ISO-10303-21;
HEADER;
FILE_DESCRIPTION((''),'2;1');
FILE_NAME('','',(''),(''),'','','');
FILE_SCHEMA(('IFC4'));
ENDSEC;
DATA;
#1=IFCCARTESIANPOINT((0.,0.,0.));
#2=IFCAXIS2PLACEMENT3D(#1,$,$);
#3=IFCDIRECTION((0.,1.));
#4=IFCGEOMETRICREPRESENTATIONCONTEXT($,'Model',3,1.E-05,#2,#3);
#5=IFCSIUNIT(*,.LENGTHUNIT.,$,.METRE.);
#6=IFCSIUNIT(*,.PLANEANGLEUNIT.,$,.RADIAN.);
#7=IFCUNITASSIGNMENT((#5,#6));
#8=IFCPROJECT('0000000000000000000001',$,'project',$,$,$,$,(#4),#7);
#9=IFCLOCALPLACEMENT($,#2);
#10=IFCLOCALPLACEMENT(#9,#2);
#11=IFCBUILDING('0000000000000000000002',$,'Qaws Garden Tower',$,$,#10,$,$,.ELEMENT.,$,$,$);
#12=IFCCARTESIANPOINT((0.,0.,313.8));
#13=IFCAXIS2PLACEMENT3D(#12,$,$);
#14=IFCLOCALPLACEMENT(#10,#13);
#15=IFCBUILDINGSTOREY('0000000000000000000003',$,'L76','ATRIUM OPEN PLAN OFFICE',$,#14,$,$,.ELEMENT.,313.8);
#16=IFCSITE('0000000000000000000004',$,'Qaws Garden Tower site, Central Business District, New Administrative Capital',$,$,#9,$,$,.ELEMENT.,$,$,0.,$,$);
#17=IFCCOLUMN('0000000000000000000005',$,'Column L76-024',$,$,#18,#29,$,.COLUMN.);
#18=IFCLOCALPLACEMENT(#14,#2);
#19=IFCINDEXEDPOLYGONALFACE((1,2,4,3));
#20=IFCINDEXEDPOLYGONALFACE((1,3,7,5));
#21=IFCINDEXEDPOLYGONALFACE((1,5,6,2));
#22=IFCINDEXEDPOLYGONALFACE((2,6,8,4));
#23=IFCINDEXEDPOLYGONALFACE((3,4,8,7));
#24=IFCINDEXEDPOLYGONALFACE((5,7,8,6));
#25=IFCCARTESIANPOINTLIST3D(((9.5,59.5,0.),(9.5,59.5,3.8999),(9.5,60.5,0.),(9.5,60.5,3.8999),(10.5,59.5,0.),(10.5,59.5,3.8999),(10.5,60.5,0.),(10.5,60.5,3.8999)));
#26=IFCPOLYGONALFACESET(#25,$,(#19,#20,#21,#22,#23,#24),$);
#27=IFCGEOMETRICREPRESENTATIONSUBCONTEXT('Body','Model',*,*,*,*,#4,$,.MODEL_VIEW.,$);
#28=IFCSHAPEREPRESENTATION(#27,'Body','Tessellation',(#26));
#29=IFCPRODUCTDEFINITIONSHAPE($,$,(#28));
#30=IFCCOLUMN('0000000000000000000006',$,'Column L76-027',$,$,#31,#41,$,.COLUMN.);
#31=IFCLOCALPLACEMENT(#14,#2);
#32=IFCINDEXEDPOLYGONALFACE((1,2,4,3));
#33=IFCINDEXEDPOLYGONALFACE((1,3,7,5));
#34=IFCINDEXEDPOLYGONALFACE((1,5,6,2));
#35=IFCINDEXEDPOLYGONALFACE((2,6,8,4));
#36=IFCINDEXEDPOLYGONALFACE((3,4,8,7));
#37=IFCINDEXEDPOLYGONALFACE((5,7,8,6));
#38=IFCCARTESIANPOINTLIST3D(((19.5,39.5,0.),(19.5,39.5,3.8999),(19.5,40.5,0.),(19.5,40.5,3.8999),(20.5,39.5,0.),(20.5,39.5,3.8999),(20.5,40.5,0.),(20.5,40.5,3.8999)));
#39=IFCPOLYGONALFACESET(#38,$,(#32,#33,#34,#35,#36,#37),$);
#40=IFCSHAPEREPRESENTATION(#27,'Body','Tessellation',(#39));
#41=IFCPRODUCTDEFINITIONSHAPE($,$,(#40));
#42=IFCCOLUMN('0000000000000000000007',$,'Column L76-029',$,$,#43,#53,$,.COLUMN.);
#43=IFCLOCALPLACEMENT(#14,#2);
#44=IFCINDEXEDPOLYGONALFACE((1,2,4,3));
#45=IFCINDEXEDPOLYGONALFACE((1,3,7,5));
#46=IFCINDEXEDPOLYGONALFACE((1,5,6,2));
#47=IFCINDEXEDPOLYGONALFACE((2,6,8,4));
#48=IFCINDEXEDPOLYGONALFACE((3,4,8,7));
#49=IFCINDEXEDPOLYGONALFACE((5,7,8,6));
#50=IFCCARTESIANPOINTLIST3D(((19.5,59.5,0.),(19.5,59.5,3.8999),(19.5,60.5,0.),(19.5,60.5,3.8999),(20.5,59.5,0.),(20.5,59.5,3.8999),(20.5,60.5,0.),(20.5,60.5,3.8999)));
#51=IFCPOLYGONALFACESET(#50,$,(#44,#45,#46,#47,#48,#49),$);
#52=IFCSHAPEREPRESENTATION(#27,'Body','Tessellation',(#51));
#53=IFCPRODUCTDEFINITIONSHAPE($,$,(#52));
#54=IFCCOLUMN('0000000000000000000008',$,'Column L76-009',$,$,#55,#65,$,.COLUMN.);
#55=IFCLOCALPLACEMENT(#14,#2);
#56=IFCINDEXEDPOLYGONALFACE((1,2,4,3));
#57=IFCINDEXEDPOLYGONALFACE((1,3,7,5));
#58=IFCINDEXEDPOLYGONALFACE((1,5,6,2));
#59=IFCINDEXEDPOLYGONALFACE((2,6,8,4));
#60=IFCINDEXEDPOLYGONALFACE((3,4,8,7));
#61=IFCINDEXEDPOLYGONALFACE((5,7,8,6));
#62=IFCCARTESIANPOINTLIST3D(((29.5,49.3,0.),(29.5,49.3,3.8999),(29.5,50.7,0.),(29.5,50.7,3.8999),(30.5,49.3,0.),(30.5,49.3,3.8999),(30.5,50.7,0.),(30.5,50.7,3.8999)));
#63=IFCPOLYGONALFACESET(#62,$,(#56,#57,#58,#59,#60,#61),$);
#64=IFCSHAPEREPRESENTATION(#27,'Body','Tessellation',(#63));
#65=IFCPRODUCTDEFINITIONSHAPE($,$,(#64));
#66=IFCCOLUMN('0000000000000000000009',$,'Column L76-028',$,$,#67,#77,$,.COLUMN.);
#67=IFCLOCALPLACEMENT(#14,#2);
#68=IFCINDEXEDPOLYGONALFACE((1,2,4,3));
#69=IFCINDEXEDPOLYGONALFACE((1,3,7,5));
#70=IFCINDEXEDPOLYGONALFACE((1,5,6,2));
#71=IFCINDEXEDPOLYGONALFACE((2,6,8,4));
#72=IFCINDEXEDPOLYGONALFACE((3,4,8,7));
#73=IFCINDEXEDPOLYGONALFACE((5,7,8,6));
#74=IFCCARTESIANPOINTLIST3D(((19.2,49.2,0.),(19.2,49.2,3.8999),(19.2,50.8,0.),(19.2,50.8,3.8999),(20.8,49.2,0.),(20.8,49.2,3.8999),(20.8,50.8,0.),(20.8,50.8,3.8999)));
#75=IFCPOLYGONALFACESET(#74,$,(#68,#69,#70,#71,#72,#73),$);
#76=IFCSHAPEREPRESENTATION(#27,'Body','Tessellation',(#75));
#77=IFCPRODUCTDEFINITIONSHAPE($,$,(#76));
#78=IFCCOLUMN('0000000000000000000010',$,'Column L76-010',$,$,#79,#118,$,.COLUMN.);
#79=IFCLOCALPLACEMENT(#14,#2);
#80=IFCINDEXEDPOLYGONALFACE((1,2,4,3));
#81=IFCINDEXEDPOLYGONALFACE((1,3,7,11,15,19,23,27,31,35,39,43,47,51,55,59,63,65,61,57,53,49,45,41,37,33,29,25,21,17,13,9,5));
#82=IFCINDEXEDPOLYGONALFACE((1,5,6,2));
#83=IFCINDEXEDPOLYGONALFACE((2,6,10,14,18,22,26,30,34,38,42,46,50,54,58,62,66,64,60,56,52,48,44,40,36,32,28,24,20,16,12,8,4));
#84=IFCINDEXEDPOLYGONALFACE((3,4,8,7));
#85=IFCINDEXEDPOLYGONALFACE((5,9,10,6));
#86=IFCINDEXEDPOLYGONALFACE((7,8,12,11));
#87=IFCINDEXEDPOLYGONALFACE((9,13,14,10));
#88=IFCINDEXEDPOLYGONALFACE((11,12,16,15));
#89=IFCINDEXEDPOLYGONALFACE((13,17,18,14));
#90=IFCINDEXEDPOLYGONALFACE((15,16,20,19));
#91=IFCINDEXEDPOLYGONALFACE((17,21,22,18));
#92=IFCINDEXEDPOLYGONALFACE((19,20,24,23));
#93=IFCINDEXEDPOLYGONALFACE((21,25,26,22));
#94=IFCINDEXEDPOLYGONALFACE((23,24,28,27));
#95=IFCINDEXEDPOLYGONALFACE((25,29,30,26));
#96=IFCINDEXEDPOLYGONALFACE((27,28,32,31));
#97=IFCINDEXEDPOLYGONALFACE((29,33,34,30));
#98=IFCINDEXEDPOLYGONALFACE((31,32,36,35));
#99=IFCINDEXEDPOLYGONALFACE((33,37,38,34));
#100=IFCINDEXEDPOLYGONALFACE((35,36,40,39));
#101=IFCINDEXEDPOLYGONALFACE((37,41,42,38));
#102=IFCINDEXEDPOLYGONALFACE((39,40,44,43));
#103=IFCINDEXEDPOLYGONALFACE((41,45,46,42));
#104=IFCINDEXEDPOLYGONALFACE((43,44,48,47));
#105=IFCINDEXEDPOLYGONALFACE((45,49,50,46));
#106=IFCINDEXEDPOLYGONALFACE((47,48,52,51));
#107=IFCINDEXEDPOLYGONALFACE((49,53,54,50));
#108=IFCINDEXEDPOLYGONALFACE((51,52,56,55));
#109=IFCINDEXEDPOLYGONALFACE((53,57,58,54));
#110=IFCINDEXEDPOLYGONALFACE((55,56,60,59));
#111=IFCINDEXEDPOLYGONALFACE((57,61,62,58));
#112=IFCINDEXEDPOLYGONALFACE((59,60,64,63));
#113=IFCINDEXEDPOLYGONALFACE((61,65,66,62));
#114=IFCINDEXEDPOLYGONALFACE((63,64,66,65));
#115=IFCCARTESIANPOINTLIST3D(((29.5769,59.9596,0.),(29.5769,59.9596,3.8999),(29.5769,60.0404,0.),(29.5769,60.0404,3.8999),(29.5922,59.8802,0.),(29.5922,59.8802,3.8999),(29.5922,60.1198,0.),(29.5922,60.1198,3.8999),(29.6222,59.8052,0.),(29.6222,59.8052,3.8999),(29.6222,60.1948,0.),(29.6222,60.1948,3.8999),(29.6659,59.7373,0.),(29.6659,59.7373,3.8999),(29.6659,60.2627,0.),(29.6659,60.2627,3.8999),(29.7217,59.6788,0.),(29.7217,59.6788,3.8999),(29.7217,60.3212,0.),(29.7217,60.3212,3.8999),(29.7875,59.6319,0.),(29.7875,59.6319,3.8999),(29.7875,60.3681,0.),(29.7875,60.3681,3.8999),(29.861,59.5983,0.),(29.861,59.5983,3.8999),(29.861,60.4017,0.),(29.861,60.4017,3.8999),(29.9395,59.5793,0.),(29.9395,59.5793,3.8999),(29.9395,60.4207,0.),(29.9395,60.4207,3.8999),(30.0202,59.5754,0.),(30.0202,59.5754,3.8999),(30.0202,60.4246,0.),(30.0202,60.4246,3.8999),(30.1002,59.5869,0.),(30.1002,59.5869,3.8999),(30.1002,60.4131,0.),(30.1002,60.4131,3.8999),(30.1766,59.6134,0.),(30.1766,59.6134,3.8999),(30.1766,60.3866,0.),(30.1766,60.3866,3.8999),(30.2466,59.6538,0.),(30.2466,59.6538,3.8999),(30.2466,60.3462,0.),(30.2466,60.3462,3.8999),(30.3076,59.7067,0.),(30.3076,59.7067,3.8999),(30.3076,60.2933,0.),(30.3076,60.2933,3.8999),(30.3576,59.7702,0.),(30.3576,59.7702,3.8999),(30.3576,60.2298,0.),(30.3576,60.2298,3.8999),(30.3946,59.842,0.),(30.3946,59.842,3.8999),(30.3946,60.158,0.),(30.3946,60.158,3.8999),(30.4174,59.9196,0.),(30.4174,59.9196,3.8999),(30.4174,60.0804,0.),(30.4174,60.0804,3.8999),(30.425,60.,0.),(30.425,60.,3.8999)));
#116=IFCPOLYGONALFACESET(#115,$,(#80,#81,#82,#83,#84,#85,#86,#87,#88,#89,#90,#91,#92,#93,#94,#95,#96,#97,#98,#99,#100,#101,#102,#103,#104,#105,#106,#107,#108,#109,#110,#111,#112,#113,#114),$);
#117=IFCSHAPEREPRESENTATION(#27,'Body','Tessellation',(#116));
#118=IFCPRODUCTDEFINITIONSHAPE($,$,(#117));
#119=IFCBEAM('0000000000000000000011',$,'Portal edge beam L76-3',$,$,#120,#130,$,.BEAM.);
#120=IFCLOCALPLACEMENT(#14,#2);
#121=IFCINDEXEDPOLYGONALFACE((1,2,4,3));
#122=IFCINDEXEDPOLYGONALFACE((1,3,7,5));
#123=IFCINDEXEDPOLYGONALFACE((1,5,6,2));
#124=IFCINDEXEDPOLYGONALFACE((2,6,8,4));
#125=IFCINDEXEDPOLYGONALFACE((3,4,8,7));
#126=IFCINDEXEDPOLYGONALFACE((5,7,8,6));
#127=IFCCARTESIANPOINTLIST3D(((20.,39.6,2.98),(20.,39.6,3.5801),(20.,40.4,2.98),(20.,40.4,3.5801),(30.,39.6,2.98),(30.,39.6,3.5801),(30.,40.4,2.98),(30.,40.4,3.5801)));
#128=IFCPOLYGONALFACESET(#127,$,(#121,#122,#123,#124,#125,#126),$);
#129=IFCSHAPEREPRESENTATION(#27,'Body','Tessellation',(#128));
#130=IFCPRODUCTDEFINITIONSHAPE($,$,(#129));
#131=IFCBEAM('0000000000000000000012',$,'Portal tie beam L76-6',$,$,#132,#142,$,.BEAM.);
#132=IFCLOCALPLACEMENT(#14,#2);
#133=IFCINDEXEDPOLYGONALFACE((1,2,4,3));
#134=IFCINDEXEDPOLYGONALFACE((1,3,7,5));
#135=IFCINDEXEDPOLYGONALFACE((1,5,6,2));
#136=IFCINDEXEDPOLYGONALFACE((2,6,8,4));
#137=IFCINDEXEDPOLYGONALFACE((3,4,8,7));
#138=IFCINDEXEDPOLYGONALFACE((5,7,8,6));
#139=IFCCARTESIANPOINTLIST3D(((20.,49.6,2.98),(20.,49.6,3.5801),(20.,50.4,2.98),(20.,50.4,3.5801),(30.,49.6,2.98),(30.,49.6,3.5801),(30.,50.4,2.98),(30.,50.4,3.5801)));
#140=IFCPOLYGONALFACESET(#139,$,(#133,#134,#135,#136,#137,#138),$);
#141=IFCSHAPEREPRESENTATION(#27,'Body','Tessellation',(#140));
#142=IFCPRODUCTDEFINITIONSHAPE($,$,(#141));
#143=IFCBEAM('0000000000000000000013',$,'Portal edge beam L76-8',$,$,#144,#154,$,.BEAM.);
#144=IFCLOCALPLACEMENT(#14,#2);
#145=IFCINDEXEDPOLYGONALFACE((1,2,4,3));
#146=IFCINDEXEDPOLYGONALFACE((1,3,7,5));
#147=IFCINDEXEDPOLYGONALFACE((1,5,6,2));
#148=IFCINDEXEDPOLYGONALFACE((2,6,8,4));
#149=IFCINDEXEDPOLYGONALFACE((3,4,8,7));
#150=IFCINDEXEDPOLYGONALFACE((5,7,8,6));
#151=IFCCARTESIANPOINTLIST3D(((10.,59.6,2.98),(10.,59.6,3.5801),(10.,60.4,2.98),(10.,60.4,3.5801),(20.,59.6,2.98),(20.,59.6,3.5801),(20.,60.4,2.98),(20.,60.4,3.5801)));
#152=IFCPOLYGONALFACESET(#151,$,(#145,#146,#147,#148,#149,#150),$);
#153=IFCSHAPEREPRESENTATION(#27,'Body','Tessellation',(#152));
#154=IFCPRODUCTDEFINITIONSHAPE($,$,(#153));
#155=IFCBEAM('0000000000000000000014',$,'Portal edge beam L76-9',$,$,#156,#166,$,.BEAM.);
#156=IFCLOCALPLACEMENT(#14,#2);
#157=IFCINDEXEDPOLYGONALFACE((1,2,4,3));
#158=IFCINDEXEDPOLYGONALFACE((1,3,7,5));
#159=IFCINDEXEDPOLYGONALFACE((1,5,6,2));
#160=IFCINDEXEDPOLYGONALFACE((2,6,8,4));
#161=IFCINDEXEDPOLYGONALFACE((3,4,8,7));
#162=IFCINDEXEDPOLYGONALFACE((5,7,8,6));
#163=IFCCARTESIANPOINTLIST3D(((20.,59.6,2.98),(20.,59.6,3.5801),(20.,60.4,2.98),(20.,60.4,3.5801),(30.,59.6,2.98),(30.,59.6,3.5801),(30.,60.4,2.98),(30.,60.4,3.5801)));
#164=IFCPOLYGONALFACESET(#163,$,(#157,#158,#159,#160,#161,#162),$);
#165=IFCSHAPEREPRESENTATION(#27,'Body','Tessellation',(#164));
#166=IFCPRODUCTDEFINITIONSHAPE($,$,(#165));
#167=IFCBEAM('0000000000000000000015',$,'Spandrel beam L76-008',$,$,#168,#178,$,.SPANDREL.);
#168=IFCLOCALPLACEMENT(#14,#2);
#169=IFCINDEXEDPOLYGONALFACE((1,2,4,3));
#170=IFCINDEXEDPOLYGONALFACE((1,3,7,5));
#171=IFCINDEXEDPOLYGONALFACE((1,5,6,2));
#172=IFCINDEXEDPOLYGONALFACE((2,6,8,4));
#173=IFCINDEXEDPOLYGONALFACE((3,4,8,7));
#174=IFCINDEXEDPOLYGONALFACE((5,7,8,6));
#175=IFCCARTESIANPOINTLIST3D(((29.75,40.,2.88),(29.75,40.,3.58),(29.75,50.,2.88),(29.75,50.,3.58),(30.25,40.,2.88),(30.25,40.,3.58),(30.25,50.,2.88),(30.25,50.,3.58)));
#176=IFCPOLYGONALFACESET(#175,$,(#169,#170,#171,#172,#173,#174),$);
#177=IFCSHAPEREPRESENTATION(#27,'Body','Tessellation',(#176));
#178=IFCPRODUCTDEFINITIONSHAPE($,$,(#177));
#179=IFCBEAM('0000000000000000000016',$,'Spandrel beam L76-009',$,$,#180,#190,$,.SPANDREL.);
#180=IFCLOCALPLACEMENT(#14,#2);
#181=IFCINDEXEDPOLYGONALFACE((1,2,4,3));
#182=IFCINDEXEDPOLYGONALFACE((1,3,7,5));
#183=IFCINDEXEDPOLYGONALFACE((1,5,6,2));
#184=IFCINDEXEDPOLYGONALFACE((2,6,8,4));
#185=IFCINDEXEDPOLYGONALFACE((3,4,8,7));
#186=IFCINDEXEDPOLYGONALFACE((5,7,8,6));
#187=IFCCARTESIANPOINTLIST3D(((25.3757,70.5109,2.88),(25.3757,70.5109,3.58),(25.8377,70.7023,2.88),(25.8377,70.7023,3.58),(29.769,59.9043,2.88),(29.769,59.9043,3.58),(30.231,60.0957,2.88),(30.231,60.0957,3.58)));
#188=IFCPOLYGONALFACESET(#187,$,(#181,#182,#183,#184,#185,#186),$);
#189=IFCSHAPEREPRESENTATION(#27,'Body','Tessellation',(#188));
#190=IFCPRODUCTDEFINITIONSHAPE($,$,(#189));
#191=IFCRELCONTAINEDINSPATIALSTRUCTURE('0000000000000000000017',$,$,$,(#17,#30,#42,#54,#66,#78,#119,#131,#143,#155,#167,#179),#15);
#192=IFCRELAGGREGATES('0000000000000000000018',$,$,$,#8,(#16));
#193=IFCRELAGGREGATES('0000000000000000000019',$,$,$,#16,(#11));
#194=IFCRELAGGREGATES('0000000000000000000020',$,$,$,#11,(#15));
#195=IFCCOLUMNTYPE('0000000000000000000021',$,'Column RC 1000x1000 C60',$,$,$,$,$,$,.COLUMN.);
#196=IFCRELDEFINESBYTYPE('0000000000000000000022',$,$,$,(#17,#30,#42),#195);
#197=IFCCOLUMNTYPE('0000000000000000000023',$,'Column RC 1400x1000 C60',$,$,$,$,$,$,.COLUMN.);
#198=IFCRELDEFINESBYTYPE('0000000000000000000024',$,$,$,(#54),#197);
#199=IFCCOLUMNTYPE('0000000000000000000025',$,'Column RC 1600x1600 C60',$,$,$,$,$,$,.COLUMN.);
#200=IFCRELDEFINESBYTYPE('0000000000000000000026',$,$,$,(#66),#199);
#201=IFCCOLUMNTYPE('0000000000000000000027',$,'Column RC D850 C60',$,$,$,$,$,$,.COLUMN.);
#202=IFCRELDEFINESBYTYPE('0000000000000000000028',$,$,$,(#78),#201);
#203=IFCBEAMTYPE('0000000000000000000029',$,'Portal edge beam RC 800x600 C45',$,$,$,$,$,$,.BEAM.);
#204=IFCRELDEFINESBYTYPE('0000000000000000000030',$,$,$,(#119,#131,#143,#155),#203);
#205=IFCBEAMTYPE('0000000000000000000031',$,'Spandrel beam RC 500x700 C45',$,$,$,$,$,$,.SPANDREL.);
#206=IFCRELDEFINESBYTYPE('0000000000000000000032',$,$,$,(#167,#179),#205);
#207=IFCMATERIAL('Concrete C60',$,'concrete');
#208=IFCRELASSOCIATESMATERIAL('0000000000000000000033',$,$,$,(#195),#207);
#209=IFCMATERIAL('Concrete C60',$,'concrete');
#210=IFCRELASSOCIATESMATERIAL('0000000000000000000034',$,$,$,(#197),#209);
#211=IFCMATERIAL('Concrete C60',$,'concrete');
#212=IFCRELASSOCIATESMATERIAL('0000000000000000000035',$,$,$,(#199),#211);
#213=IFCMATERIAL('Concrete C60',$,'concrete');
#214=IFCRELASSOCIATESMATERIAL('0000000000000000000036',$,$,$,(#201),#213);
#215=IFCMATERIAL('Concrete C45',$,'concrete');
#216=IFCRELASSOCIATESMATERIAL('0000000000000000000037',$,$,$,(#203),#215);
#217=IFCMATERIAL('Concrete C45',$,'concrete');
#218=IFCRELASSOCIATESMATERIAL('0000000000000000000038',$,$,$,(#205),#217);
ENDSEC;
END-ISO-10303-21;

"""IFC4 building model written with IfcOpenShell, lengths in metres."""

from ifc_helpers import new_model, si_unit, direction, frame, origin, origin_2d, place, context, subcontext, project, spatial, rectangle, circle, extrude, material, material_profile, profile_set, type_object, element, save


model = new_model("IFC4")

# Units and contexts
model_context = context("Model", 3, precision=1e-05, world=origin(), true_north=direction((0.0, 1.0)))
body_context = subcontext(model_context, "Body", "Model", "MODEL_VIEW")
ifc_project = project(units=[si_unit("LENGTHUNIT", "METRE"), si_unit("PLANEANGLEUNIT", "RADIAN")], contexts=[model_context])

# Site, building, storey
site_placement = place(None, origin())
site = spatial("IfcSite", under=ifc_project, at=site_placement, Name="Qaws Garden Tower site, Central Business District, New Administrative Capital", CompositionType="ELEMENT", RefElevation=0.0)
building_placement = place(site_placement, origin())
building = spatial("IfcBuilding", under=site, at=building_placement, Name="Qaws Garden Tower", CompositionType="ELEMENT")
storey_placement = place(building_placement, frame((0.0, 0.0, 313.8)))
storey = spatial("IfcBuildingStorey", under=building, at=storey_placement, Name="L76", Description="ATRIUM OPEN PLAN OFFICE", CompositionType="ELEMENT", Elevation=313.8)

# Columns
ifc_material_1 = material(Name="Concrete C60", Category="concrete")
ifc_material_profile_1 = material_profile(ifc_material_1, rectangle(XDim=1.0, YDim=1.0, at=origin_2d()), Name="RC 1000x1000")
ifc_profile_set_1 = profile_set([ifc_material_profile_1], Name="Concrete C60")
column_type_1 = type_object("IfcColumnType", Name="Column RC 1000x1000 C60", PredefinedType="COLUMN", material=ifc_profile_set_1)
for number, where, z_axis, x_axis, name in (
    (1, (10.0, 60.0, 0.0), (0.0, 0.0, 1.0), (1.0, 0.0, 0.0), "Column L76-024"),
    (2, (20.0, 40.0, 0.0), (0.0, 0.0, 1.0), (1.0, 0.0, 0.0), "Column L76-027"),
    (3, (20.0, 60.0, 0.0), (0.0, 0.0, 1.0), (1.0, 0.0, 0.0), "Column L76-029"),
):
    element("IfcColumn", number, at=place(storey_placement, frame(where, z_axis=z_axis, x_axis=x_axis)), inside=storey, type_object=column_type_1, Name=name, PredefinedType="COLUMN", context=body_context, shape_type="SweptSolid", body=[
        extrude(rectangle(XDim=1.0, YDim=1.0, at=origin_2d()), origin(), (0.0, 0.0, 1.0), 3.8999),
    ])
ifc_material_2 = material(Name="Concrete C60", Category="concrete")
ifc_material_profile_2 = material_profile(ifc_material_2, rectangle(XDim=1.3999, YDim=1.0, at=origin_2d()), Name="RC 1400x1000")
ifc_profile_set_2 = profile_set([ifc_material_profile_2], Name="Concrete C60")
column_type_2 = type_object("IfcColumnType", Name="Column RC 1400x1000 C60", PredefinedType="COLUMN", material=ifc_profile_set_2)
column_1_placement = place(storey_placement, frame((30.0, 50.0, 0.0), z_axis=(0.0, 0.0, 1.0), x_axis=(0.0, 1.0, 0.0)))
element("IfcColumn", 4, at=column_1_placement, inside=storey, type_object=column_type_2, Name="Column L76-009", PredefinedType="COLUMN", context=body_context, shape_type="SweptSolid", body=[
    extrude(rectangle(XDim=1.3999, YDim=1.0, at=origin_2d()), origin(), (0.0, 0.0, 1.0), 3.8999),
])
ifc_material_3 = material(Name="Concrete C60", Category="concrete")
ifc_material_profile_3 = material_profile(ifc_material_3, rectangle(XDim=1.6001, YDim=1.6001, at=origin_2d()), Name="RC 1600x1600")
ifc_profile_set_3 = profile_set([ifc_material_profile_3], Name="Concrete C60")
column_type_3 = type_object("IfcColumnType", Name="Column RC 1600x1600 C60", PredefinedType="COLUMN", material=ifc_profile_set_3)
column_2_placement = place(storey_placement, frame((20.0, 50.0, 0.0), z_axis=(0.0, 0.0, 1.0), x_axis=(1.0, 0.0, 0.0)))
element("IfcColumn", 5, at=column_2_placement, inside=storey, type_object=column_type_3, Name="Column L76-028", PredefinedType="COLUMN", context=body_context, shape_type="SweptSolid", body=[
    extrude(rectangle(XDim=1.6001, YDim=1.6001, at=origin_2d()), origin(), (0.0, 0.0, 1.0), 3.8999),
])
ifc_material_4 = material(Name="Concrete C60", Category="concrete")
ifc_material_profile_4 = material_profile(ifc_material_4, circle(Radius=0.425, at=origin_2d()), Name="RC D850")
ifc_profile_set_4 = profile_set([ifc_material_profile_4], Name="Concrete C60")
column_type_4 = type_object("IfcColumnType", Name="Column RC D850 C60", PredefinedType="COLUMN", material=ifc_profile_set_4)
column_3_placement = place(storey_placement, frame((30.0, 60.0, 0.0), z_axis=(0.0, 0.0, 1.0), x_axis=(1.0, 0.0, 0.0)))
element("IfcColumn", 6, at=column_3_placement, inside=storey, type_object=column_type_4, Name="Column L76-010", PredefinedType="COLUMN", context=body_context, shape_type="SweptSolid", body=[
    extrude(circle(Radius=0.425, at=origin_2d()), origin(), (0.0, 0.0, 1.0), 3.8999),
])

# Beams
ifc_material_5 = material(Name="Concrete C45", Category="concrete")
ifc_material_profile_5 = material_profile(ifc_material_5, rectangle(XDim=0.8, YDim=0.6001, at=origin_2d()), Name="RC 800x600")
ifc_profile_set_5 = profile_set([ifc_material_profile_5], Name="Concrete C45")
beam_type_1 = type_object("IfcBeamType", Name="Portal edge beam RC 800x600 C45", PredefinedType="BEAM", material=ifc_profile_set_5)
for number, where, z_axis, x_axis, name in (
    (7, (20.0, 40.0, 3.28), (1.0, 0.0, 0.0), (0.0, 1.0, 0.0), "Portal edge beam L76-3"),
    (8, (20.0, 50.0, 3.28), (1.0, 0.0, 0.0), (0.0, 1.0, 0.0), "Portal tie beam L76-6"),
    (9, (10.0, 60.0, 3.28), (1.0, 0.0, 0.0), (0.0, 1.0, 0.0), "Portal edge beam L76-8"),
    (10, (20.0, 60.0, 3.28), (1.0, 0.0, 0.0), (0.0, 1.0, 0.0), "Portal edge beam L76-9"),
):
    element("IfcBeam", number, at=place(storey_placement, frame(where, z_axis=z_axis, x_axis=x_axis)), inside=storey, type_object=beam_type_1, Name=name, PredefinedType="BEAM", context=body_context, shape_type="SweptSolid", body=[
        extrude(rectangle(XDim=0.8, YDim=0.6001, at=origin_2d()), origin(), (0.0, 0.0, 1.0), 10.0),
    ])
ifc_material_6 = material(Name="Concrete C45", Category="concrete")
ifc_material_profile_6 = material_profile(ifc_material_6, rectangle(XDim=0.5, YDim=0.7, at=origin_2d()), Name="RC 500x700")
ifc_profile_set_6 = profile_set([ifc_material_profile_6], Name="Concrete C45")
beam_type_2 = type_object("IfcBeamType", Name="Spandrel beam RC 500x700 C45", PredefinedType="SPANDREL", material=ifc_profile_set_6)
beam_1_placement = place(storey_placement, frame((30.0, 40.0, 3.23), z_axis=(0.0, 1.0, 0.0), x_axis=(-1.0, 0.0, 0.0)))
element("IfcBeam", 11, at=beam_1_placement, inside=storey, type_object=beam_type_2, Name="Spandrel beam L76-008", PredefinedType="SPANDREL", context=body_context, shape_type="SweptSolid", body=[
    extrude(rectangle(XDim=0.5, YDim=0.7, at=origin_2d()), origin(), (0.0, 0.0, 1.0), 10.0),
])
beam_2_placement = place(storey_placement, frame((30.0, 60.0, 3.23), z_axis=(-0.382674, 0.923883, 0.0), x_axis=(-0.923883, -0.382674, 0.0)))
element("IfcBeam", 12, at=beam_2_placement, inside=storey, type_object=beam_type_2, Name="Spandrel beam L76-009", PredefinedType="SPANDREL", context=body_context, shape_type="SweptSolid", body=[
    extrude(rectangle(XDim=0.5, YDim=0.7, at=origin_2d()), origin(), (0.0, 0.0, 1.0), 11.4805),
])

save(model, "model.ifc")
